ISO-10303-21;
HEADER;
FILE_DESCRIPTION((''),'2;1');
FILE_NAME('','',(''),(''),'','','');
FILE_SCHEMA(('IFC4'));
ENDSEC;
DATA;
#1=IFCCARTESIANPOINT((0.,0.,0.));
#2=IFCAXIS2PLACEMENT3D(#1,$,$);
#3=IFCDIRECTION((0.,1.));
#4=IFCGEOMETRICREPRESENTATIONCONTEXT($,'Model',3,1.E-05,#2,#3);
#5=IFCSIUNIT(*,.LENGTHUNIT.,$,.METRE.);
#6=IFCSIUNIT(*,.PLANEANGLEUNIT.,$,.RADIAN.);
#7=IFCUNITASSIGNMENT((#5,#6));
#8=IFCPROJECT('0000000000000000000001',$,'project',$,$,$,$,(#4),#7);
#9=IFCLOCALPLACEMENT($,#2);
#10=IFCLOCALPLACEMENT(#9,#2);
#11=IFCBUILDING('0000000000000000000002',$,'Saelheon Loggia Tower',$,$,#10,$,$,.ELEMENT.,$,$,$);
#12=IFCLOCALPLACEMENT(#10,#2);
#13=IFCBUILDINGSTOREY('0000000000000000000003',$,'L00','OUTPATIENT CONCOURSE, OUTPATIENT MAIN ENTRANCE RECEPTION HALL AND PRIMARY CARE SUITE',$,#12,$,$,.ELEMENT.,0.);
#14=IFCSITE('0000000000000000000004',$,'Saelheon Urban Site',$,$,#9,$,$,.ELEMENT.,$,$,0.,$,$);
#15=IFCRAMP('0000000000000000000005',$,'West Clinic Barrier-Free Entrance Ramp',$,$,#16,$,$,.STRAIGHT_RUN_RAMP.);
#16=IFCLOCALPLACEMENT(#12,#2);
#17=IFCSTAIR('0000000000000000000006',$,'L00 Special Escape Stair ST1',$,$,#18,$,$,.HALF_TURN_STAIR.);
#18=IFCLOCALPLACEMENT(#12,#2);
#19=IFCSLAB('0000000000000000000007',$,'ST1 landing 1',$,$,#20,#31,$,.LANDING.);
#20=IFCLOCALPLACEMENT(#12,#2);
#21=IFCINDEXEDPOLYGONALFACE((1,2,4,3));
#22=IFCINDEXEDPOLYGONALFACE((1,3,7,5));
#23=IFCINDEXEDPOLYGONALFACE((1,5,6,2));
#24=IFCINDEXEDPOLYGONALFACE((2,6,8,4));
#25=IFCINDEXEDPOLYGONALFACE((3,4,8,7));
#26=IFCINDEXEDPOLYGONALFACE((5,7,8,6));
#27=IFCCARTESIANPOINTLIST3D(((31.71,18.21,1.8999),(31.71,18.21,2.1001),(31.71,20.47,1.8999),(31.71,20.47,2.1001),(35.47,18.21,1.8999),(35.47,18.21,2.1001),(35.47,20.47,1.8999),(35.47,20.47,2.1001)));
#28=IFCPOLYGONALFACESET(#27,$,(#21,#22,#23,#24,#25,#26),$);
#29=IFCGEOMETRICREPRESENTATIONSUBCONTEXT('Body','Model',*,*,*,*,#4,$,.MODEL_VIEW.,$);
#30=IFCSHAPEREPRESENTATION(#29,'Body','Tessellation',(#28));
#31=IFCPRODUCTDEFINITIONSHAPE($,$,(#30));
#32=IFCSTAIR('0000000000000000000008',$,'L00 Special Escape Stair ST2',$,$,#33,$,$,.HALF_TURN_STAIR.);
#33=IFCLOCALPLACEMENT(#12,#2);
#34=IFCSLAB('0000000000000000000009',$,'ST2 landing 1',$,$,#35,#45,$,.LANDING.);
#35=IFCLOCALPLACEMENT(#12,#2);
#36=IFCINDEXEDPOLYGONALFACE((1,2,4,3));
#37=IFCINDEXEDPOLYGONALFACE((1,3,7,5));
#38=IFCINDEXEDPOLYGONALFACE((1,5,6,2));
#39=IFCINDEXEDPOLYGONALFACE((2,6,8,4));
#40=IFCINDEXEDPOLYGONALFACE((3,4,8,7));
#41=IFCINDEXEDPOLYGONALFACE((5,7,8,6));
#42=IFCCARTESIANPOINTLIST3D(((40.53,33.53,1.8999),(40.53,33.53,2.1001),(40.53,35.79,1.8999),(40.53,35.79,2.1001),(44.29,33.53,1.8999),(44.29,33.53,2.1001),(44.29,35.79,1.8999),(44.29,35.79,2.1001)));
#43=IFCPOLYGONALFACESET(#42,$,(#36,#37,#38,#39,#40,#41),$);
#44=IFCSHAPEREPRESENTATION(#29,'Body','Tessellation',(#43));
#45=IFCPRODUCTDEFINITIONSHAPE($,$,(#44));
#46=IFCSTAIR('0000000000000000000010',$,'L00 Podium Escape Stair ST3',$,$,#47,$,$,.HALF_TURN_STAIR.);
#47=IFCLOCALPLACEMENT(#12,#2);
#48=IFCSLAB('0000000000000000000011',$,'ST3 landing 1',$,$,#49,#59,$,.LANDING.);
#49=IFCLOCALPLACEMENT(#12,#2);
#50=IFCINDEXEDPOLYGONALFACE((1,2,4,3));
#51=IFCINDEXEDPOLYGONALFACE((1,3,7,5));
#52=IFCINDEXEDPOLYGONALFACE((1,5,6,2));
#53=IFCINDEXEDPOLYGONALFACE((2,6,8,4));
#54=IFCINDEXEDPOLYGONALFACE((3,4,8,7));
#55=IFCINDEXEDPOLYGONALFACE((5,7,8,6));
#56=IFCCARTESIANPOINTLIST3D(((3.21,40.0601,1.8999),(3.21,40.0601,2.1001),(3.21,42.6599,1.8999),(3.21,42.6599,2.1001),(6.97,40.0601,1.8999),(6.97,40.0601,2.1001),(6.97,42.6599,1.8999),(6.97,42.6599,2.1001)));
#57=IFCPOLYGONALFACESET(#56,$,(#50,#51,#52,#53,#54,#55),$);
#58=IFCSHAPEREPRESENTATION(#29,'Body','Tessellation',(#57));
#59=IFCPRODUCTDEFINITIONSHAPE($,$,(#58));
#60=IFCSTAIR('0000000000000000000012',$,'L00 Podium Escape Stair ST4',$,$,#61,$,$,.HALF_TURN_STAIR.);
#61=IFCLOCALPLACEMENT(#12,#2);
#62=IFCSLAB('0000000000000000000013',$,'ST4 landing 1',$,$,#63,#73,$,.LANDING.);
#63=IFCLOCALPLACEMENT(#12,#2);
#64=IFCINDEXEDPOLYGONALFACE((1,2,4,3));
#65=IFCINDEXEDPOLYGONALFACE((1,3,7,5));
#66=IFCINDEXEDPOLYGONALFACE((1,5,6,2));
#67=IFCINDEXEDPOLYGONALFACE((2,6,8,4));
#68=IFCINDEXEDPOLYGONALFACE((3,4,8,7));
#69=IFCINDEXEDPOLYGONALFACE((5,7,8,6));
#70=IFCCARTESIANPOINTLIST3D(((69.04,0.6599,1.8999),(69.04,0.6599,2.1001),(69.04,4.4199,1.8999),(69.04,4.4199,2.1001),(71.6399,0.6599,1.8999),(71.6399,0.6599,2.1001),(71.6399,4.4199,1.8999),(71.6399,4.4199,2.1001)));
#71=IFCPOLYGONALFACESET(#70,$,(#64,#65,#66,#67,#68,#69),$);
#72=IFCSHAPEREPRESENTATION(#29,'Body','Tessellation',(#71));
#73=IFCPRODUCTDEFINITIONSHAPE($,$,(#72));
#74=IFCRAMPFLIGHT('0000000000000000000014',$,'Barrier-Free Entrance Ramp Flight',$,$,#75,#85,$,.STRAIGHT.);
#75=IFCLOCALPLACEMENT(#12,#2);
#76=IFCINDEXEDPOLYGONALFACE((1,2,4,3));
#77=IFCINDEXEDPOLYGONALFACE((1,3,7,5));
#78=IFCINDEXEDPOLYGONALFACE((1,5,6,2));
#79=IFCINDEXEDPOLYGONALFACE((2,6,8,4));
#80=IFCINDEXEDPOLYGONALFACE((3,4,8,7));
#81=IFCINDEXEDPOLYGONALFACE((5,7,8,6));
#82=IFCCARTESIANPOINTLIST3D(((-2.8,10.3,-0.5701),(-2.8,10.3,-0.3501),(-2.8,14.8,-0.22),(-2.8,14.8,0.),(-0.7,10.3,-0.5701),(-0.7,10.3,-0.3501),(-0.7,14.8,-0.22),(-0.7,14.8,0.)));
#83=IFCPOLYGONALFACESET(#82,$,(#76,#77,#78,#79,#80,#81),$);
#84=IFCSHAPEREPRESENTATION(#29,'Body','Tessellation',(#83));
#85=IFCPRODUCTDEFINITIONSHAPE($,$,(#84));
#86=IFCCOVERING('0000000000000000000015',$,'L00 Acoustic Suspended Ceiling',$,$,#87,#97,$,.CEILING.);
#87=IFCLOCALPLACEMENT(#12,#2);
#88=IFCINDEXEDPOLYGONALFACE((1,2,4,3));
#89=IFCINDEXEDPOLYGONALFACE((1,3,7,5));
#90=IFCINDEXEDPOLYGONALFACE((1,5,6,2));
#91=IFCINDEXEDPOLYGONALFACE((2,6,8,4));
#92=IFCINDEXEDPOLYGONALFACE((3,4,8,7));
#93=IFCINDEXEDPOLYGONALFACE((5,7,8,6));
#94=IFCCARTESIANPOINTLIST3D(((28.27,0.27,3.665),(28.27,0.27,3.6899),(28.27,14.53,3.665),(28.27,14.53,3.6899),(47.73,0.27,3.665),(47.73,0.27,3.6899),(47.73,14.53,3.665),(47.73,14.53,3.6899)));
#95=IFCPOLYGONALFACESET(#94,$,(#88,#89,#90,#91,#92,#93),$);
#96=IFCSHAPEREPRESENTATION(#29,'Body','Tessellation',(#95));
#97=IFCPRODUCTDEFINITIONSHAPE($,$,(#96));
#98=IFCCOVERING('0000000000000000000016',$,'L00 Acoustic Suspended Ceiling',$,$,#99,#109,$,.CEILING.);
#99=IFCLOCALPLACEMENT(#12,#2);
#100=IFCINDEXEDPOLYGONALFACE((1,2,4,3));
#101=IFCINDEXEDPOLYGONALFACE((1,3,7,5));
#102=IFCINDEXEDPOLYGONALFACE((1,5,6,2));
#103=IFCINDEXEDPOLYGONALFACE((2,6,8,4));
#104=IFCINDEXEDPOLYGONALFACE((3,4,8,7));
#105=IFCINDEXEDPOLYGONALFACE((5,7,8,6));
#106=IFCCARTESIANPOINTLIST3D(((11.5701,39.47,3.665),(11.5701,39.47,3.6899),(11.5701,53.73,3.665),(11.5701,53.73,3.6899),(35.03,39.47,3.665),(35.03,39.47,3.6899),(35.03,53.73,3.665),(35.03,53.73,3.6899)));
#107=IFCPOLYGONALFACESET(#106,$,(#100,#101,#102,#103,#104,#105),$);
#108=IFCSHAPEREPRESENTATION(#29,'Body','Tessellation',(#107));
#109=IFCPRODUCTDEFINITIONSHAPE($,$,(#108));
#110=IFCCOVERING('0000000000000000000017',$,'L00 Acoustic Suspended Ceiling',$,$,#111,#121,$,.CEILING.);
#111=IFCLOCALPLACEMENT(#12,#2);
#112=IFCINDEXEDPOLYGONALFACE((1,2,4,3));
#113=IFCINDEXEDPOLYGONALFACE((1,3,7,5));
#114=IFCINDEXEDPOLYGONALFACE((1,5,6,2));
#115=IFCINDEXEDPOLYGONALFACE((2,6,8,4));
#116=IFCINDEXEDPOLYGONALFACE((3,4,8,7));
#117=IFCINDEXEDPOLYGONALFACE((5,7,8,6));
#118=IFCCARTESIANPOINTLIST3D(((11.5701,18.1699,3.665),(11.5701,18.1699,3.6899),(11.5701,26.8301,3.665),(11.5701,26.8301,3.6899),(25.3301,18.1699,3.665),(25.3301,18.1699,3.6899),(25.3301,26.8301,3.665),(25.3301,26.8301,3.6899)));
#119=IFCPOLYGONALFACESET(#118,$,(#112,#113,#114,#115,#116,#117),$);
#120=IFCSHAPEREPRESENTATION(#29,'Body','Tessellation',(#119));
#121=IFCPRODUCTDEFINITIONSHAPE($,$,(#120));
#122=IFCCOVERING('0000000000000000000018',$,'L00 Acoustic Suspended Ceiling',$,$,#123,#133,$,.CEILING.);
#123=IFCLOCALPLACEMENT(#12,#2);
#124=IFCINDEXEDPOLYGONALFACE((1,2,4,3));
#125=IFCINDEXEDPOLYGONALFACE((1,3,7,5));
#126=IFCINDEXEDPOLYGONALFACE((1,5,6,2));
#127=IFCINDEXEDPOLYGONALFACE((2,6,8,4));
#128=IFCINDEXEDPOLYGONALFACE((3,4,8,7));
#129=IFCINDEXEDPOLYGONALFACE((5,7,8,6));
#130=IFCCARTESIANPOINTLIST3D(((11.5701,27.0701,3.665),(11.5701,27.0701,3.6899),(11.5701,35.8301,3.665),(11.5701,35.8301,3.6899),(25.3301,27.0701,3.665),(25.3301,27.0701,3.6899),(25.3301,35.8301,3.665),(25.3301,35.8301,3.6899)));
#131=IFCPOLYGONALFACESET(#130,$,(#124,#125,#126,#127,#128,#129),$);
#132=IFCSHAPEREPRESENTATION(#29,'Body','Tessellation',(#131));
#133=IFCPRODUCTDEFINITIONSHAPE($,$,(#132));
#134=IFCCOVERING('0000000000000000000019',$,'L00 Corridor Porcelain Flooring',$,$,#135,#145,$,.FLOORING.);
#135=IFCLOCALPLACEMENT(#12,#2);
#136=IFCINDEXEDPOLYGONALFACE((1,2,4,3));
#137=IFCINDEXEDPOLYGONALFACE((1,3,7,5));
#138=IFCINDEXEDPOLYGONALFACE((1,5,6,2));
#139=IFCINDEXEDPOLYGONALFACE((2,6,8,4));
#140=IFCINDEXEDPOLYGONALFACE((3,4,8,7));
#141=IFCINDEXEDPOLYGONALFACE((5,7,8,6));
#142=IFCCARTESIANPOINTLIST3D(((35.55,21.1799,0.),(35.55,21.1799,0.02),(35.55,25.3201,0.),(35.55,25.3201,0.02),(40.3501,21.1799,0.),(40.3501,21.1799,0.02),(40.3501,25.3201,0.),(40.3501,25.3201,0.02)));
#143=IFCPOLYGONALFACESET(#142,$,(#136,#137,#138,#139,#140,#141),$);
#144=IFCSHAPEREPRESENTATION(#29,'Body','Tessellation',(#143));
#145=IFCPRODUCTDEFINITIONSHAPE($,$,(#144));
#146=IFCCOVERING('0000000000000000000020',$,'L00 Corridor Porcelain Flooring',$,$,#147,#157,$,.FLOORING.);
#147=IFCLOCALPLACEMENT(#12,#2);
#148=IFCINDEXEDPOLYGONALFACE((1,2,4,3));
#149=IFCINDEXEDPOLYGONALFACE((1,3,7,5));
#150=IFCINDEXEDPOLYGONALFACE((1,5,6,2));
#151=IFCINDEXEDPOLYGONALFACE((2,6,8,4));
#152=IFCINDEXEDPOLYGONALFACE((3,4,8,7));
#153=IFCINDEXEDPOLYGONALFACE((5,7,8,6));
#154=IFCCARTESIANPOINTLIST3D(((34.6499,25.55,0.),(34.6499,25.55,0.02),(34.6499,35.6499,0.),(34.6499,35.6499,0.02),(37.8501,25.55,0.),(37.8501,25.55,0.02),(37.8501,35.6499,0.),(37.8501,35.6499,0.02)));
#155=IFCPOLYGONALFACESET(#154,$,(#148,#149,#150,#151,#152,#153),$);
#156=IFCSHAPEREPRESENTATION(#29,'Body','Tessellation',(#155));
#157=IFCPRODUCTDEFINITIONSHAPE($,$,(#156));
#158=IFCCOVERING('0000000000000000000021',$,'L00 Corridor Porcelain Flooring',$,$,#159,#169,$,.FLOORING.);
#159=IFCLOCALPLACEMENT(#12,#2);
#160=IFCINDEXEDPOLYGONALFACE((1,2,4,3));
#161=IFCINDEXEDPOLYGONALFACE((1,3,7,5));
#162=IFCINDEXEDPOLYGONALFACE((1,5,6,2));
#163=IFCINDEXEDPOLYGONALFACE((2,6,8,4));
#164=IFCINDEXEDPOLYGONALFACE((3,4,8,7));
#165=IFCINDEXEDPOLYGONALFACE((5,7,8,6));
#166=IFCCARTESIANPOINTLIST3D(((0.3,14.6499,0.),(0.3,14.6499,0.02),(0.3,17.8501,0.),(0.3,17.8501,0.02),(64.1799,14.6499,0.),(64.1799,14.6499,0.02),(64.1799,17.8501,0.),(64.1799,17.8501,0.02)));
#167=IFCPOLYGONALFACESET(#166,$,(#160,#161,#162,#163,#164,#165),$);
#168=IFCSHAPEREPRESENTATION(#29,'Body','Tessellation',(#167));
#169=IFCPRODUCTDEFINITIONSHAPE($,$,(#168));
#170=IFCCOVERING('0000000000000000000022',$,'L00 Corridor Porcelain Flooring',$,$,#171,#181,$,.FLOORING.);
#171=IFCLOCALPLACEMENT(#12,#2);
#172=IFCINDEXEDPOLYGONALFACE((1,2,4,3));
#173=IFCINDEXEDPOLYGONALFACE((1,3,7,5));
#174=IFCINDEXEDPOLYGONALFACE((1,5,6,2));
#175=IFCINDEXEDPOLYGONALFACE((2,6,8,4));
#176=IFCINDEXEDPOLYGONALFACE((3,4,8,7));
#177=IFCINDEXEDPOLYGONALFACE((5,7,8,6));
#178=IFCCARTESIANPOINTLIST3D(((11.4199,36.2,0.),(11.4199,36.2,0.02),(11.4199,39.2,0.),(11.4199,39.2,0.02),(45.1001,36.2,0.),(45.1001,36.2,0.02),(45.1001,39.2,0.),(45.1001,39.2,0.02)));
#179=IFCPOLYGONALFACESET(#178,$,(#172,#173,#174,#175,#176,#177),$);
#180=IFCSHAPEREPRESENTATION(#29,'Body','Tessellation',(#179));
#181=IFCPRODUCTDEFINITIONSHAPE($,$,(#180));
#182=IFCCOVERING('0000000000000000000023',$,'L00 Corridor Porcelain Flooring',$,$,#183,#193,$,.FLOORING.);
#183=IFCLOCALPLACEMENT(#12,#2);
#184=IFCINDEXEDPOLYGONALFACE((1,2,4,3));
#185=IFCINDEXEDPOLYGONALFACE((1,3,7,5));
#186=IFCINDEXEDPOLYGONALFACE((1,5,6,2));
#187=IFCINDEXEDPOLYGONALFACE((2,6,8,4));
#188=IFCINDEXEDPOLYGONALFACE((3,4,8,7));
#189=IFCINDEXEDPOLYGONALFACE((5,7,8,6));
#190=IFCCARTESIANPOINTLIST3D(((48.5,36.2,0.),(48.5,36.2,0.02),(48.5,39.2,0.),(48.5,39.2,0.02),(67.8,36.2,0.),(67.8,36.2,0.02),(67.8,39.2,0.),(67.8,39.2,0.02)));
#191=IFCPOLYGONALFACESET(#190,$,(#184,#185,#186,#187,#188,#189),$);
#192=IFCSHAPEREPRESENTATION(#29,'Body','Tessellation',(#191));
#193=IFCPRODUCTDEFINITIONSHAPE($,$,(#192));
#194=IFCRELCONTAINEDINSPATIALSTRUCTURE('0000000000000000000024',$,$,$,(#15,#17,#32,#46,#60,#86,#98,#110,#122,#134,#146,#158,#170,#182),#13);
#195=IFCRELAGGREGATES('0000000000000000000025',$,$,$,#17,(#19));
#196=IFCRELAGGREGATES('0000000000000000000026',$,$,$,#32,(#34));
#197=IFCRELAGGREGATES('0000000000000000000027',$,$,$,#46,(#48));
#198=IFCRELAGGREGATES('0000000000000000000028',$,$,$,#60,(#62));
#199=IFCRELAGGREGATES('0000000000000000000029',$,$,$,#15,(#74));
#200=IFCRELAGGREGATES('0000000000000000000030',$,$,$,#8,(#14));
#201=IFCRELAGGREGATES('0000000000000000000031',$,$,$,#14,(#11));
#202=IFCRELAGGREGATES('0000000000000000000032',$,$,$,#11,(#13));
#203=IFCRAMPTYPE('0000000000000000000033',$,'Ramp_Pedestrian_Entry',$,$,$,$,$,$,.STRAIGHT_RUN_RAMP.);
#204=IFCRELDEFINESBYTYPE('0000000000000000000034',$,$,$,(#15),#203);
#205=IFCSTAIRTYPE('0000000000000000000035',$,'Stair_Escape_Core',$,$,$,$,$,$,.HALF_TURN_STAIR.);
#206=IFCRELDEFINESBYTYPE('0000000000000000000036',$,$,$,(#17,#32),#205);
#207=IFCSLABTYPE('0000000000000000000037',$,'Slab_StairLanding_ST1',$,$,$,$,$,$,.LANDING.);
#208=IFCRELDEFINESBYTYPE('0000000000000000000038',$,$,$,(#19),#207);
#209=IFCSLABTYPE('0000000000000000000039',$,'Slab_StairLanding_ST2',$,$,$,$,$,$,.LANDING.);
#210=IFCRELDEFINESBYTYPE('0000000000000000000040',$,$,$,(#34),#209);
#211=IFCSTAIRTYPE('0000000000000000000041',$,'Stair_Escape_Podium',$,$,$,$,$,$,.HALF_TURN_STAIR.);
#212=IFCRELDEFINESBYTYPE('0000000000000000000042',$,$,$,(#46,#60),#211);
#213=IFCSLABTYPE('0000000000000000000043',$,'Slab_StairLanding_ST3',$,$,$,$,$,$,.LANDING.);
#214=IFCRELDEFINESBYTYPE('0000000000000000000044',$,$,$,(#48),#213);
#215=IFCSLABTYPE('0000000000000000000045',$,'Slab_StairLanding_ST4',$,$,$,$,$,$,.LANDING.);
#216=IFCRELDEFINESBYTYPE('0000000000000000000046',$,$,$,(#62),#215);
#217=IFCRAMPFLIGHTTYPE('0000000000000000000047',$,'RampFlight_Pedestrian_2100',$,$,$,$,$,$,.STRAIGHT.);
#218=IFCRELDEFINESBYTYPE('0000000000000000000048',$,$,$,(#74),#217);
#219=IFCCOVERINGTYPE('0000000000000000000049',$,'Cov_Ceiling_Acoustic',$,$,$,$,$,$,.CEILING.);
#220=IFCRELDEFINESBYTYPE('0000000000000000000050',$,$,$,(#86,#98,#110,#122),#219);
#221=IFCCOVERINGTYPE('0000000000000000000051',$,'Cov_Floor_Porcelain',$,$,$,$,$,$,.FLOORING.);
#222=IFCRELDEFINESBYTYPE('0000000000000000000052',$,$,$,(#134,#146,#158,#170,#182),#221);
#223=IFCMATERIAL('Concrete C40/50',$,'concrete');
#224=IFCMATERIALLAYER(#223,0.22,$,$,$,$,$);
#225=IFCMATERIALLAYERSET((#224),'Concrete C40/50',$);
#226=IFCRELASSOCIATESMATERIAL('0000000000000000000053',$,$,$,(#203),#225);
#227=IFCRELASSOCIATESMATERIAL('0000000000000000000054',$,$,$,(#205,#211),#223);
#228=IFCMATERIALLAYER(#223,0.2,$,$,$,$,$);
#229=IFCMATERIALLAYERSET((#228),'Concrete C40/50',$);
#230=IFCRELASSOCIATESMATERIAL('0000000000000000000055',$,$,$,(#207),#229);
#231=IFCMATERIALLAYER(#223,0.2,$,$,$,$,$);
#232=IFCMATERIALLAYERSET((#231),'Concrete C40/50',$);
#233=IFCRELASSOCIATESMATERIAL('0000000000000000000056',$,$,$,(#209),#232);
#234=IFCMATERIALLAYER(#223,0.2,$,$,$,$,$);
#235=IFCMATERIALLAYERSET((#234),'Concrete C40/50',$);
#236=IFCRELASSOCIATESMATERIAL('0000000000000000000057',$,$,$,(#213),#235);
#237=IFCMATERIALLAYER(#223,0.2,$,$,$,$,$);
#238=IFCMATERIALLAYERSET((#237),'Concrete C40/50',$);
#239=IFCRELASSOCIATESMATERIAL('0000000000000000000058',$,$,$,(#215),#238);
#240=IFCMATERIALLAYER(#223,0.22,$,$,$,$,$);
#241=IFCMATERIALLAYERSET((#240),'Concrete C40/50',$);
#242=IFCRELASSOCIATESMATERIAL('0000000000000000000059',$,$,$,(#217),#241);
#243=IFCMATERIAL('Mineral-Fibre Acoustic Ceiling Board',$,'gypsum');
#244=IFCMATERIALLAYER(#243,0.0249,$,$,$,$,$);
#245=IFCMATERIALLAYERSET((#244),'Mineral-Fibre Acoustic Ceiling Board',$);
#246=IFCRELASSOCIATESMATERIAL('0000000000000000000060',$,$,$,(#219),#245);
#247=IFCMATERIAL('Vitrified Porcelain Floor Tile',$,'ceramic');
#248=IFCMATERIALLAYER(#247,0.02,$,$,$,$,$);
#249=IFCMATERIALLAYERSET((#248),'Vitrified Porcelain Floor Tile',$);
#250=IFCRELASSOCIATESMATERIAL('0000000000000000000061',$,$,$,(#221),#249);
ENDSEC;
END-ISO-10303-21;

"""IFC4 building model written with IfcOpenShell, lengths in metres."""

from ifc_helpers import new_model, si_unit, direction, frame, origin, place, context, subcontext, project, spatial, polyline, outline, extrude, material, layer, layer_set, type_object, element, aggregate, save


model = new_model("IFC4")

# Units and contexts
model_context = context("Model", 3, precision=1e-05, world=origin(), true_north=direction((0.0, 1.0)))
body_context = subcontext(model_context, "Body", "Model", "MODEL_VIEW")
ifc_project = project(units=[si_unit("LENGTHUNIT", "METRE"), si_unit("PLANEANGLEUNIT", "RADIAN")], contexts=[model_context])

# Site, building, storey
site_placement = place(None, origin())
site = spatial("IfcSite", under=ifc_project, at=site_placement, Name="Saelheon Urban Site", CompositionType="ELEMENT", RefElevation=0.0)
building_placement = place(site_placement, origin())
building = spatial("IfcBuilding", under=site, at=building_placement, Name="Saelheon Loggia Tower", CompositionType="ELEMENT")
storey_placement = place(building_placement, origin())
storey = spatial("IfcBuildingStorey", under=building, at=storey_placement, Name="L00", Description="OUTPATIENT CONCOURSE, OUTPATIENT MAIN ENTRANCE RECEPTION HALL AND PRIMARY CARE SUITE", CompositionType="ELEMENT", Elevation=0.0)

# Shared definitions
ifc_material_1 = material(Name="Concrete C40/50", Category="concrete")

# Ramp
ifc_layer_1 = layer(ifc_material_1, 0.22)
ifc_layer_set_1 = layer_set([ifc_layer_1], Name="Concrete C40/50")
ramp_type = type_object("IfcRampType", Name="Ramp_Pedestrian_Entry", PredefinedType="STRAIGHT_RUN_RAMP", material=ifc_layer_set_1)
ramp_placement = place(storey_placement, origin())
ramp = element("IfcRamp", 1, at=ramp_placement, inside=storey, type_object=ramp_type, Name="West Clinic Barrier-Free Entrance Ramp", PredefinedType="STRAIGHT_RUN_RAMP")

# Stairs, slabs
stair_type_1 = type_object("IfcStairType", Name="Stair_Escape_Core", PredefinedType="HALF_TURN_STAIR", material=ifc_material_1)
stair_1_placement = place(storey_placement, origin())
stair_1 = element("IfcStair", 2, at=stair_1_placement, inside=storey, type_object=stair_type_1, Name="L00 Special Escape Stair ST1", PredefinedType="HALF_TURN_STAIR")
ifc_layer_2 = layer(ifc_material_1, 0.2)
ifc_layer_set_2 = layer_set([ifc_layer_2], Name="Concrete C40/50")
slab_type_1 = type_object("IfcSlabType", Name="Slab_StairLanding_ST1", PredefinedType="LANDING", material=ifc_layer_set_2)
slab_1_placement = place(storey_placement, frame((0.0, 0.0, 1.8999)))
slab_1 = element("IfcSlab", 3, at=slab_1_placement, type_object=slab_type_1, Name="ST1 landing 1", PredefinedType="LANDING", context=body_context, shape_type="SweptSolid", body=[
    extrude(outline(polyline([(31.71, 20.47), (31.71, 18.21), (35.47, 18.21), (35.47, 20.47), (31.71, 20.47)])), origin(), (0.0, 0.0, 1.0), 0.2002),
])
aggregate(stair_1, [slab_1])
stair_2_placement = place(storey_placement, origin())
stair_2 = element("IfcStair", 4, at=stair_2_placement, inside=storey, type_object=stair_type_1, Name="L00 Special Escape Stair ST2", PredefinedType="HALF_TURN_STAIR")
ifc_layer_3 = layer(ifc_material_1, 0.2)
ifc_layer_set_3 = layer_set([ifc_layer_3], Name="Concrete C40/50")
slab_type_2 = type_object("IfcSlabType", Name="Slab_StairLanding_ST2", PredefinedType="LANDING", material=ifc_layer_set_3)
slab_2_placement = place(storey_placement, frame((0.0, 0.0, 1.8999)))
slab_2 = element("IfcSlab", 5, at=slab_2_placement, type_object=slab_type_2, Name="ST2 landing 1", PredefinedType="LANDING", context=body_context, shape_type="SweptSolid", body=[
    extrude(outline(polyline([(44.29, 33.53), (44.29, 35.79), (40.53, 35.79), (40.53, 33.53), (44.29, 33.53)])), origin(), (0.0, 0.0, 1.0), 0.2002),
])
aggregate(stair_2, [slab_2])
stair_type_2 = type_object("IfcStairType", Name="Stair_Escape_Podium", PredefinedType="HALF_TURN_STAIR", material=ifc_material_1)
stair_3_placement = place(storey_placement, origin())
stair_3 = element("IfcStair", 6, at=stair_3_placement, inside=storey, type_object=stair_type_2, Name="L00 Podium Escape Stair ST3", PredefinedType="HALF_TURN_STAIR")
ifc_layer_4 = layer(ifc_material_1, 0.2)
ifc_layer_set_4 = layer_set([ifc_layer_4], Name="Concrete C40/50")
slab_type_3 = type_object("IfcSlabType", Name="Slab_StairLanding_ST3", PredefinedType="LANDING", material=ifc_layer_set_4)
slab_3_placement = place(storey_placement, frame((0.0, 0.0, 1.8999)))
slab_3 = element("IfcSlab", 7, at=slab_3_placement, type_object=slab_type_3, Name="ST3 landing 1", PredefinedType="LANDING", context=body_context, shape_type="SweptSolid", body=[
    extrude(outline(polyline([(3.21, 42.6599), (3.21, 40.0601), (6.97, 40.0601), (6.97, 42.6599), (3.21, 42.6599)])), origin(), (0.0, 0.0, 1.0), 0.2002),
])
aggregate(stair_3, [slab_3])
stair_4_placement = place(storey_placement, origin())
stair_4 = element("IfcStair", 8, at=stair_4_placement, inside=storey, type_object=stair_type_2, Name="L00 Podium Escape Stair ST4", PredefinedType="HALF_TURN_STAIR")
ifc_layer_5 = layer(ifc_material_1, 0.2)
ifc_layer_set_5 = layer_set([ifc_layer_5], Name="Concrete C40/50")
slab_type_4 = type_object("IfcSlabType", Name="Slab_StairLanding_ST4", PredefinedType="LANDING", material=ifc_layer_set_5)
slab_4_placement = place(storey_placement, frame((0.0, 0.0, 1.8999)))
slab_4 = element("IfcSlab", 9, at=slab_4_placement, type_object=slab_type_4, Name="ST4 landing 1", PredefinedType="LANDING", context=body_context, shape_type="SweptSolid", body=[
    extrude(outline(polyline([(69.04, 0.6599), (71.6399, 0.6599), (71.6399, 4.4199), (69.04, 4.4199), (69.04, 0.6599)])), origin(), (0.0, 0.0, 1.0), 0.2002),
])
aggregate(stair_4, [slab_4])

# Ramp flight
ifc_layer_6 = layer(ifc_material_1, 0.22)
ifc_layer_set_6 = layer_set([ifc_layer_6], Name="Concrete C40/50")
ramp_flight_type = type_object("IfcRampFlightType", Name="RampFlight_Pedestrian_2100", PredefinedType="STRAIGHT", material=ifc_layer_set_6)
ramp_flight_placement = place(storey_placement, frame((-1.75, 10.3, -0.3501), z_axis=(0.0, 0.0, 1.0), x_axis=(0.0, 1.0, 0.0)))
ramp_flight = element("IfcRampFlight", 10, at=ramp_flight_placement, type_object=ramp_flight_type, Name="Barrier-Free Entrance Ramp Flight", PredefinedType="STRAIGHT", context=body_context, shape_type="SweptSolid", body=[
    extrude(outline(polyline([(0.0, 0.0), (4.5, 0.3501), (4.5, 0.1301), (0.0, -0.22), (0.0, 0.0)])), frame((0.0, 1.05, 0.0), z_axis=(0.0, -1.0, 0.0), x_axis=(1.0, 0.0, 0.0)), (0.0, 0.0, 1.0), 2.1001),
])
aggregate(ramp, [ramp_flight])

# Coverings
ifc_material_2 = material(Name="Mineral-Fibre Acoustic Ceiling Board", Category="gypsum")
ifc_layer_7 = layer(ifc_material_2, 0.0249)
ifc_layer_set_7 = layer_set([ifc_layer_7], Name="Mineral-Fibre Acoustic Ceiling Board")
covering_type_1 = type_object("IfcCoveringType", Name="Cov_Ceiling_Acoustic", PredefinedType="CEILING", material=ifc_layer_set_7)
covering_1_placement = place(storey_placement, frame((0.0, 0.0, 3.665)))
element("IfcCovering", 11, at=covering_1_placement, inside=storey, type_object=covering_type_1, Name="L00 Acoustic Suspended Ceiling", PredefinedType="CEILING", context=body_context, shape_type="SweptSolid", body=[
    extrude(outline(polyline([(28.27, 0.27), (47.73, 0.27), (47.73, 14.53), (28.27, 14.53), (28.27, 0.27)])), origin(), (0.0, 0.0, 1.0), 0.0249),
])
covering_2_placement = place(storey_placement, frame((0.0, 0.0, 3.665)))
element("IfcCovering", 12, at=covering_2_placement, inside=storey, type_object=covering_type_1, Name="L00 Acoustic Suspended Ceiling", PredefinedType="CEILING", context=body_context, shape_type="SweptSolid", body=[
    extrude(outline(polyline([(11.5701, 39.47), (35.03, 39.47), (35.03, 53.73), (11.5701, 53.73), (11.5701, 39.47)])), origin(), (0.0, 0.0, 1.0), 0.0249),
])
covering_3_placement = place(storey_placement, frame((0.0, 0.0, 3.665)))
element("IfcCovering", 13, at=covering_3_placement, inside=storey, type_object=covering_type_1, Name="L00 Acoustic Suspended Ceiling", PredefinedType="CEILING", context=body_context, shape_type="SweptSolid", body=[
    extrude(outline(polyline([(11.5701, 18.1699), (25.3301, 18.1699), (25.3301, 26.8301), (11.5701, 26.8301), (11.5701, 18.1699)])), origin(), (0.0, 0.0, 1.0), 0.0249),
])
covering_4_placement = place(storey_placement, frame((0.0, 0.0, 3.665)))
element("IfcCovering", 14, at=covering_4_placement, inside=storey, type_object=covering_type_1, Name="L00 Acoustic Suspended Ceiling", PredefinedType="CEILING", context=body_context, shape_type="SweptSolid", body=[
    extrude(outline(polyline([(11.5701, 27.0701), (25.3301, 27.0701), (25.3301, 35.8301), (11.5701, 35.8301), (11.5701, 27.0701)])), origin(), (0.0, 0.0, 1.0), 0.0249),
])
ifc_material_3 = material(Name="Vitrified Porcelain Floor Tile", Category="ceramic")
ifc_layer_8 = layer(ifc_material_3, 0.02)
ifc_layer_set_8 = layer_set([ifc_layer_8], Name="Vitrified Porcelain Floor Tile")
covering_type_2 = type_object("IfcCoveringType", Name="Cov_Floor_Porcelain", PredefinedType="FLOORING", material=ifc_layer_set_8)
covering_5_placement = place(storey_placement, origin())
element("IfcCovering", 15, at=covering_5_placement, inside=storey, type_object=covering_type_2, Name="L00 Corridor Porcelain Flooring", PredefinedType="FLOORING", context=body_context, shape_type="SweptSolid", body=[
    extrude(outline(polyline([(35.55, 21.1799), (40.3501, 21.1799), (40.3501, 25.3201), (35.55, 25.3201), (35.55, 21.1799)])), origin(), (0.0, 0.0, 1.0), 0.02),
])
covering_6_placement = place(storey_placement, origin())
element("IfcCovering", 16, at=covering_6_placement, inside=storey, type_object=covering_type_2, Name="L00 Corridor Porcelain Flooring", PredefinedType="FLOORING", context=body_context, shape_type="SweptSolid", body=[
    extrude(outline(polyline([(34.6499, 25.55), (37.8501, 25.55), (37.8501, 35.6499), (34.6499, 35.6499), (34.6499, 25.55)])), origin(), (0.0, 0.0, 1.0), 0.02),
])
covering_7_placement = place(storey_placement, origin())
element("IfcCovering", 17, at=covering_7_placement, inside=storey, type_object=covering_type_2, Name="L00 Corridor Porcelain Flooring", PredefinedType="FLOORING", context=body_context, shape_type="SweptSolid", body=[
    extrude(outline(polyline([(0.3, 14.6499), (64.1799, 14.6499), (64.1799, 17.8501), (0.3, 17.8501), (0.3, 14.6499)])), origin(), (0.0, 0.0, 1.0), 0.02),
])
covering_8_placement = place(storey_placement, origin())
element("IfcCovering", 18, at=covering_8_placement, inside=storey, type_object=covering_type_2, Name="L00 Corridor Porcelain Flooring", PredefinedType="FLOORING", context=body_context, shape_type="SweptSolid", body=[
    extrude(outline(polyline([(11.4199, 36.2), (45.1001, 36.2), (45.1001, 39.2), (11.4199, 39.2), (11.4199, 36.2)])), origin(), (0.0, 0.0, 1.0), 0.02),
])
covering_9_placement = place(storey_placement, origin())
element("IfcCovering", 19, at=covering_9_placement, inside=storey, type_object=covering_type_2, Name="L00 Corridor Porcelain Flooring", PredefinedType="FLOORING", context=body_context, shape_type="SweptSolid", body=[
    extrude(outline(polyline([(48.5, 36.2), (67.8, 36.2), (67.8, 39.2), (48.5, 39.2), (48.5, 36.2)])), origin(), (0.0, 0.0, 1.0), 0.02),
])

save(model, "model.ifc")
